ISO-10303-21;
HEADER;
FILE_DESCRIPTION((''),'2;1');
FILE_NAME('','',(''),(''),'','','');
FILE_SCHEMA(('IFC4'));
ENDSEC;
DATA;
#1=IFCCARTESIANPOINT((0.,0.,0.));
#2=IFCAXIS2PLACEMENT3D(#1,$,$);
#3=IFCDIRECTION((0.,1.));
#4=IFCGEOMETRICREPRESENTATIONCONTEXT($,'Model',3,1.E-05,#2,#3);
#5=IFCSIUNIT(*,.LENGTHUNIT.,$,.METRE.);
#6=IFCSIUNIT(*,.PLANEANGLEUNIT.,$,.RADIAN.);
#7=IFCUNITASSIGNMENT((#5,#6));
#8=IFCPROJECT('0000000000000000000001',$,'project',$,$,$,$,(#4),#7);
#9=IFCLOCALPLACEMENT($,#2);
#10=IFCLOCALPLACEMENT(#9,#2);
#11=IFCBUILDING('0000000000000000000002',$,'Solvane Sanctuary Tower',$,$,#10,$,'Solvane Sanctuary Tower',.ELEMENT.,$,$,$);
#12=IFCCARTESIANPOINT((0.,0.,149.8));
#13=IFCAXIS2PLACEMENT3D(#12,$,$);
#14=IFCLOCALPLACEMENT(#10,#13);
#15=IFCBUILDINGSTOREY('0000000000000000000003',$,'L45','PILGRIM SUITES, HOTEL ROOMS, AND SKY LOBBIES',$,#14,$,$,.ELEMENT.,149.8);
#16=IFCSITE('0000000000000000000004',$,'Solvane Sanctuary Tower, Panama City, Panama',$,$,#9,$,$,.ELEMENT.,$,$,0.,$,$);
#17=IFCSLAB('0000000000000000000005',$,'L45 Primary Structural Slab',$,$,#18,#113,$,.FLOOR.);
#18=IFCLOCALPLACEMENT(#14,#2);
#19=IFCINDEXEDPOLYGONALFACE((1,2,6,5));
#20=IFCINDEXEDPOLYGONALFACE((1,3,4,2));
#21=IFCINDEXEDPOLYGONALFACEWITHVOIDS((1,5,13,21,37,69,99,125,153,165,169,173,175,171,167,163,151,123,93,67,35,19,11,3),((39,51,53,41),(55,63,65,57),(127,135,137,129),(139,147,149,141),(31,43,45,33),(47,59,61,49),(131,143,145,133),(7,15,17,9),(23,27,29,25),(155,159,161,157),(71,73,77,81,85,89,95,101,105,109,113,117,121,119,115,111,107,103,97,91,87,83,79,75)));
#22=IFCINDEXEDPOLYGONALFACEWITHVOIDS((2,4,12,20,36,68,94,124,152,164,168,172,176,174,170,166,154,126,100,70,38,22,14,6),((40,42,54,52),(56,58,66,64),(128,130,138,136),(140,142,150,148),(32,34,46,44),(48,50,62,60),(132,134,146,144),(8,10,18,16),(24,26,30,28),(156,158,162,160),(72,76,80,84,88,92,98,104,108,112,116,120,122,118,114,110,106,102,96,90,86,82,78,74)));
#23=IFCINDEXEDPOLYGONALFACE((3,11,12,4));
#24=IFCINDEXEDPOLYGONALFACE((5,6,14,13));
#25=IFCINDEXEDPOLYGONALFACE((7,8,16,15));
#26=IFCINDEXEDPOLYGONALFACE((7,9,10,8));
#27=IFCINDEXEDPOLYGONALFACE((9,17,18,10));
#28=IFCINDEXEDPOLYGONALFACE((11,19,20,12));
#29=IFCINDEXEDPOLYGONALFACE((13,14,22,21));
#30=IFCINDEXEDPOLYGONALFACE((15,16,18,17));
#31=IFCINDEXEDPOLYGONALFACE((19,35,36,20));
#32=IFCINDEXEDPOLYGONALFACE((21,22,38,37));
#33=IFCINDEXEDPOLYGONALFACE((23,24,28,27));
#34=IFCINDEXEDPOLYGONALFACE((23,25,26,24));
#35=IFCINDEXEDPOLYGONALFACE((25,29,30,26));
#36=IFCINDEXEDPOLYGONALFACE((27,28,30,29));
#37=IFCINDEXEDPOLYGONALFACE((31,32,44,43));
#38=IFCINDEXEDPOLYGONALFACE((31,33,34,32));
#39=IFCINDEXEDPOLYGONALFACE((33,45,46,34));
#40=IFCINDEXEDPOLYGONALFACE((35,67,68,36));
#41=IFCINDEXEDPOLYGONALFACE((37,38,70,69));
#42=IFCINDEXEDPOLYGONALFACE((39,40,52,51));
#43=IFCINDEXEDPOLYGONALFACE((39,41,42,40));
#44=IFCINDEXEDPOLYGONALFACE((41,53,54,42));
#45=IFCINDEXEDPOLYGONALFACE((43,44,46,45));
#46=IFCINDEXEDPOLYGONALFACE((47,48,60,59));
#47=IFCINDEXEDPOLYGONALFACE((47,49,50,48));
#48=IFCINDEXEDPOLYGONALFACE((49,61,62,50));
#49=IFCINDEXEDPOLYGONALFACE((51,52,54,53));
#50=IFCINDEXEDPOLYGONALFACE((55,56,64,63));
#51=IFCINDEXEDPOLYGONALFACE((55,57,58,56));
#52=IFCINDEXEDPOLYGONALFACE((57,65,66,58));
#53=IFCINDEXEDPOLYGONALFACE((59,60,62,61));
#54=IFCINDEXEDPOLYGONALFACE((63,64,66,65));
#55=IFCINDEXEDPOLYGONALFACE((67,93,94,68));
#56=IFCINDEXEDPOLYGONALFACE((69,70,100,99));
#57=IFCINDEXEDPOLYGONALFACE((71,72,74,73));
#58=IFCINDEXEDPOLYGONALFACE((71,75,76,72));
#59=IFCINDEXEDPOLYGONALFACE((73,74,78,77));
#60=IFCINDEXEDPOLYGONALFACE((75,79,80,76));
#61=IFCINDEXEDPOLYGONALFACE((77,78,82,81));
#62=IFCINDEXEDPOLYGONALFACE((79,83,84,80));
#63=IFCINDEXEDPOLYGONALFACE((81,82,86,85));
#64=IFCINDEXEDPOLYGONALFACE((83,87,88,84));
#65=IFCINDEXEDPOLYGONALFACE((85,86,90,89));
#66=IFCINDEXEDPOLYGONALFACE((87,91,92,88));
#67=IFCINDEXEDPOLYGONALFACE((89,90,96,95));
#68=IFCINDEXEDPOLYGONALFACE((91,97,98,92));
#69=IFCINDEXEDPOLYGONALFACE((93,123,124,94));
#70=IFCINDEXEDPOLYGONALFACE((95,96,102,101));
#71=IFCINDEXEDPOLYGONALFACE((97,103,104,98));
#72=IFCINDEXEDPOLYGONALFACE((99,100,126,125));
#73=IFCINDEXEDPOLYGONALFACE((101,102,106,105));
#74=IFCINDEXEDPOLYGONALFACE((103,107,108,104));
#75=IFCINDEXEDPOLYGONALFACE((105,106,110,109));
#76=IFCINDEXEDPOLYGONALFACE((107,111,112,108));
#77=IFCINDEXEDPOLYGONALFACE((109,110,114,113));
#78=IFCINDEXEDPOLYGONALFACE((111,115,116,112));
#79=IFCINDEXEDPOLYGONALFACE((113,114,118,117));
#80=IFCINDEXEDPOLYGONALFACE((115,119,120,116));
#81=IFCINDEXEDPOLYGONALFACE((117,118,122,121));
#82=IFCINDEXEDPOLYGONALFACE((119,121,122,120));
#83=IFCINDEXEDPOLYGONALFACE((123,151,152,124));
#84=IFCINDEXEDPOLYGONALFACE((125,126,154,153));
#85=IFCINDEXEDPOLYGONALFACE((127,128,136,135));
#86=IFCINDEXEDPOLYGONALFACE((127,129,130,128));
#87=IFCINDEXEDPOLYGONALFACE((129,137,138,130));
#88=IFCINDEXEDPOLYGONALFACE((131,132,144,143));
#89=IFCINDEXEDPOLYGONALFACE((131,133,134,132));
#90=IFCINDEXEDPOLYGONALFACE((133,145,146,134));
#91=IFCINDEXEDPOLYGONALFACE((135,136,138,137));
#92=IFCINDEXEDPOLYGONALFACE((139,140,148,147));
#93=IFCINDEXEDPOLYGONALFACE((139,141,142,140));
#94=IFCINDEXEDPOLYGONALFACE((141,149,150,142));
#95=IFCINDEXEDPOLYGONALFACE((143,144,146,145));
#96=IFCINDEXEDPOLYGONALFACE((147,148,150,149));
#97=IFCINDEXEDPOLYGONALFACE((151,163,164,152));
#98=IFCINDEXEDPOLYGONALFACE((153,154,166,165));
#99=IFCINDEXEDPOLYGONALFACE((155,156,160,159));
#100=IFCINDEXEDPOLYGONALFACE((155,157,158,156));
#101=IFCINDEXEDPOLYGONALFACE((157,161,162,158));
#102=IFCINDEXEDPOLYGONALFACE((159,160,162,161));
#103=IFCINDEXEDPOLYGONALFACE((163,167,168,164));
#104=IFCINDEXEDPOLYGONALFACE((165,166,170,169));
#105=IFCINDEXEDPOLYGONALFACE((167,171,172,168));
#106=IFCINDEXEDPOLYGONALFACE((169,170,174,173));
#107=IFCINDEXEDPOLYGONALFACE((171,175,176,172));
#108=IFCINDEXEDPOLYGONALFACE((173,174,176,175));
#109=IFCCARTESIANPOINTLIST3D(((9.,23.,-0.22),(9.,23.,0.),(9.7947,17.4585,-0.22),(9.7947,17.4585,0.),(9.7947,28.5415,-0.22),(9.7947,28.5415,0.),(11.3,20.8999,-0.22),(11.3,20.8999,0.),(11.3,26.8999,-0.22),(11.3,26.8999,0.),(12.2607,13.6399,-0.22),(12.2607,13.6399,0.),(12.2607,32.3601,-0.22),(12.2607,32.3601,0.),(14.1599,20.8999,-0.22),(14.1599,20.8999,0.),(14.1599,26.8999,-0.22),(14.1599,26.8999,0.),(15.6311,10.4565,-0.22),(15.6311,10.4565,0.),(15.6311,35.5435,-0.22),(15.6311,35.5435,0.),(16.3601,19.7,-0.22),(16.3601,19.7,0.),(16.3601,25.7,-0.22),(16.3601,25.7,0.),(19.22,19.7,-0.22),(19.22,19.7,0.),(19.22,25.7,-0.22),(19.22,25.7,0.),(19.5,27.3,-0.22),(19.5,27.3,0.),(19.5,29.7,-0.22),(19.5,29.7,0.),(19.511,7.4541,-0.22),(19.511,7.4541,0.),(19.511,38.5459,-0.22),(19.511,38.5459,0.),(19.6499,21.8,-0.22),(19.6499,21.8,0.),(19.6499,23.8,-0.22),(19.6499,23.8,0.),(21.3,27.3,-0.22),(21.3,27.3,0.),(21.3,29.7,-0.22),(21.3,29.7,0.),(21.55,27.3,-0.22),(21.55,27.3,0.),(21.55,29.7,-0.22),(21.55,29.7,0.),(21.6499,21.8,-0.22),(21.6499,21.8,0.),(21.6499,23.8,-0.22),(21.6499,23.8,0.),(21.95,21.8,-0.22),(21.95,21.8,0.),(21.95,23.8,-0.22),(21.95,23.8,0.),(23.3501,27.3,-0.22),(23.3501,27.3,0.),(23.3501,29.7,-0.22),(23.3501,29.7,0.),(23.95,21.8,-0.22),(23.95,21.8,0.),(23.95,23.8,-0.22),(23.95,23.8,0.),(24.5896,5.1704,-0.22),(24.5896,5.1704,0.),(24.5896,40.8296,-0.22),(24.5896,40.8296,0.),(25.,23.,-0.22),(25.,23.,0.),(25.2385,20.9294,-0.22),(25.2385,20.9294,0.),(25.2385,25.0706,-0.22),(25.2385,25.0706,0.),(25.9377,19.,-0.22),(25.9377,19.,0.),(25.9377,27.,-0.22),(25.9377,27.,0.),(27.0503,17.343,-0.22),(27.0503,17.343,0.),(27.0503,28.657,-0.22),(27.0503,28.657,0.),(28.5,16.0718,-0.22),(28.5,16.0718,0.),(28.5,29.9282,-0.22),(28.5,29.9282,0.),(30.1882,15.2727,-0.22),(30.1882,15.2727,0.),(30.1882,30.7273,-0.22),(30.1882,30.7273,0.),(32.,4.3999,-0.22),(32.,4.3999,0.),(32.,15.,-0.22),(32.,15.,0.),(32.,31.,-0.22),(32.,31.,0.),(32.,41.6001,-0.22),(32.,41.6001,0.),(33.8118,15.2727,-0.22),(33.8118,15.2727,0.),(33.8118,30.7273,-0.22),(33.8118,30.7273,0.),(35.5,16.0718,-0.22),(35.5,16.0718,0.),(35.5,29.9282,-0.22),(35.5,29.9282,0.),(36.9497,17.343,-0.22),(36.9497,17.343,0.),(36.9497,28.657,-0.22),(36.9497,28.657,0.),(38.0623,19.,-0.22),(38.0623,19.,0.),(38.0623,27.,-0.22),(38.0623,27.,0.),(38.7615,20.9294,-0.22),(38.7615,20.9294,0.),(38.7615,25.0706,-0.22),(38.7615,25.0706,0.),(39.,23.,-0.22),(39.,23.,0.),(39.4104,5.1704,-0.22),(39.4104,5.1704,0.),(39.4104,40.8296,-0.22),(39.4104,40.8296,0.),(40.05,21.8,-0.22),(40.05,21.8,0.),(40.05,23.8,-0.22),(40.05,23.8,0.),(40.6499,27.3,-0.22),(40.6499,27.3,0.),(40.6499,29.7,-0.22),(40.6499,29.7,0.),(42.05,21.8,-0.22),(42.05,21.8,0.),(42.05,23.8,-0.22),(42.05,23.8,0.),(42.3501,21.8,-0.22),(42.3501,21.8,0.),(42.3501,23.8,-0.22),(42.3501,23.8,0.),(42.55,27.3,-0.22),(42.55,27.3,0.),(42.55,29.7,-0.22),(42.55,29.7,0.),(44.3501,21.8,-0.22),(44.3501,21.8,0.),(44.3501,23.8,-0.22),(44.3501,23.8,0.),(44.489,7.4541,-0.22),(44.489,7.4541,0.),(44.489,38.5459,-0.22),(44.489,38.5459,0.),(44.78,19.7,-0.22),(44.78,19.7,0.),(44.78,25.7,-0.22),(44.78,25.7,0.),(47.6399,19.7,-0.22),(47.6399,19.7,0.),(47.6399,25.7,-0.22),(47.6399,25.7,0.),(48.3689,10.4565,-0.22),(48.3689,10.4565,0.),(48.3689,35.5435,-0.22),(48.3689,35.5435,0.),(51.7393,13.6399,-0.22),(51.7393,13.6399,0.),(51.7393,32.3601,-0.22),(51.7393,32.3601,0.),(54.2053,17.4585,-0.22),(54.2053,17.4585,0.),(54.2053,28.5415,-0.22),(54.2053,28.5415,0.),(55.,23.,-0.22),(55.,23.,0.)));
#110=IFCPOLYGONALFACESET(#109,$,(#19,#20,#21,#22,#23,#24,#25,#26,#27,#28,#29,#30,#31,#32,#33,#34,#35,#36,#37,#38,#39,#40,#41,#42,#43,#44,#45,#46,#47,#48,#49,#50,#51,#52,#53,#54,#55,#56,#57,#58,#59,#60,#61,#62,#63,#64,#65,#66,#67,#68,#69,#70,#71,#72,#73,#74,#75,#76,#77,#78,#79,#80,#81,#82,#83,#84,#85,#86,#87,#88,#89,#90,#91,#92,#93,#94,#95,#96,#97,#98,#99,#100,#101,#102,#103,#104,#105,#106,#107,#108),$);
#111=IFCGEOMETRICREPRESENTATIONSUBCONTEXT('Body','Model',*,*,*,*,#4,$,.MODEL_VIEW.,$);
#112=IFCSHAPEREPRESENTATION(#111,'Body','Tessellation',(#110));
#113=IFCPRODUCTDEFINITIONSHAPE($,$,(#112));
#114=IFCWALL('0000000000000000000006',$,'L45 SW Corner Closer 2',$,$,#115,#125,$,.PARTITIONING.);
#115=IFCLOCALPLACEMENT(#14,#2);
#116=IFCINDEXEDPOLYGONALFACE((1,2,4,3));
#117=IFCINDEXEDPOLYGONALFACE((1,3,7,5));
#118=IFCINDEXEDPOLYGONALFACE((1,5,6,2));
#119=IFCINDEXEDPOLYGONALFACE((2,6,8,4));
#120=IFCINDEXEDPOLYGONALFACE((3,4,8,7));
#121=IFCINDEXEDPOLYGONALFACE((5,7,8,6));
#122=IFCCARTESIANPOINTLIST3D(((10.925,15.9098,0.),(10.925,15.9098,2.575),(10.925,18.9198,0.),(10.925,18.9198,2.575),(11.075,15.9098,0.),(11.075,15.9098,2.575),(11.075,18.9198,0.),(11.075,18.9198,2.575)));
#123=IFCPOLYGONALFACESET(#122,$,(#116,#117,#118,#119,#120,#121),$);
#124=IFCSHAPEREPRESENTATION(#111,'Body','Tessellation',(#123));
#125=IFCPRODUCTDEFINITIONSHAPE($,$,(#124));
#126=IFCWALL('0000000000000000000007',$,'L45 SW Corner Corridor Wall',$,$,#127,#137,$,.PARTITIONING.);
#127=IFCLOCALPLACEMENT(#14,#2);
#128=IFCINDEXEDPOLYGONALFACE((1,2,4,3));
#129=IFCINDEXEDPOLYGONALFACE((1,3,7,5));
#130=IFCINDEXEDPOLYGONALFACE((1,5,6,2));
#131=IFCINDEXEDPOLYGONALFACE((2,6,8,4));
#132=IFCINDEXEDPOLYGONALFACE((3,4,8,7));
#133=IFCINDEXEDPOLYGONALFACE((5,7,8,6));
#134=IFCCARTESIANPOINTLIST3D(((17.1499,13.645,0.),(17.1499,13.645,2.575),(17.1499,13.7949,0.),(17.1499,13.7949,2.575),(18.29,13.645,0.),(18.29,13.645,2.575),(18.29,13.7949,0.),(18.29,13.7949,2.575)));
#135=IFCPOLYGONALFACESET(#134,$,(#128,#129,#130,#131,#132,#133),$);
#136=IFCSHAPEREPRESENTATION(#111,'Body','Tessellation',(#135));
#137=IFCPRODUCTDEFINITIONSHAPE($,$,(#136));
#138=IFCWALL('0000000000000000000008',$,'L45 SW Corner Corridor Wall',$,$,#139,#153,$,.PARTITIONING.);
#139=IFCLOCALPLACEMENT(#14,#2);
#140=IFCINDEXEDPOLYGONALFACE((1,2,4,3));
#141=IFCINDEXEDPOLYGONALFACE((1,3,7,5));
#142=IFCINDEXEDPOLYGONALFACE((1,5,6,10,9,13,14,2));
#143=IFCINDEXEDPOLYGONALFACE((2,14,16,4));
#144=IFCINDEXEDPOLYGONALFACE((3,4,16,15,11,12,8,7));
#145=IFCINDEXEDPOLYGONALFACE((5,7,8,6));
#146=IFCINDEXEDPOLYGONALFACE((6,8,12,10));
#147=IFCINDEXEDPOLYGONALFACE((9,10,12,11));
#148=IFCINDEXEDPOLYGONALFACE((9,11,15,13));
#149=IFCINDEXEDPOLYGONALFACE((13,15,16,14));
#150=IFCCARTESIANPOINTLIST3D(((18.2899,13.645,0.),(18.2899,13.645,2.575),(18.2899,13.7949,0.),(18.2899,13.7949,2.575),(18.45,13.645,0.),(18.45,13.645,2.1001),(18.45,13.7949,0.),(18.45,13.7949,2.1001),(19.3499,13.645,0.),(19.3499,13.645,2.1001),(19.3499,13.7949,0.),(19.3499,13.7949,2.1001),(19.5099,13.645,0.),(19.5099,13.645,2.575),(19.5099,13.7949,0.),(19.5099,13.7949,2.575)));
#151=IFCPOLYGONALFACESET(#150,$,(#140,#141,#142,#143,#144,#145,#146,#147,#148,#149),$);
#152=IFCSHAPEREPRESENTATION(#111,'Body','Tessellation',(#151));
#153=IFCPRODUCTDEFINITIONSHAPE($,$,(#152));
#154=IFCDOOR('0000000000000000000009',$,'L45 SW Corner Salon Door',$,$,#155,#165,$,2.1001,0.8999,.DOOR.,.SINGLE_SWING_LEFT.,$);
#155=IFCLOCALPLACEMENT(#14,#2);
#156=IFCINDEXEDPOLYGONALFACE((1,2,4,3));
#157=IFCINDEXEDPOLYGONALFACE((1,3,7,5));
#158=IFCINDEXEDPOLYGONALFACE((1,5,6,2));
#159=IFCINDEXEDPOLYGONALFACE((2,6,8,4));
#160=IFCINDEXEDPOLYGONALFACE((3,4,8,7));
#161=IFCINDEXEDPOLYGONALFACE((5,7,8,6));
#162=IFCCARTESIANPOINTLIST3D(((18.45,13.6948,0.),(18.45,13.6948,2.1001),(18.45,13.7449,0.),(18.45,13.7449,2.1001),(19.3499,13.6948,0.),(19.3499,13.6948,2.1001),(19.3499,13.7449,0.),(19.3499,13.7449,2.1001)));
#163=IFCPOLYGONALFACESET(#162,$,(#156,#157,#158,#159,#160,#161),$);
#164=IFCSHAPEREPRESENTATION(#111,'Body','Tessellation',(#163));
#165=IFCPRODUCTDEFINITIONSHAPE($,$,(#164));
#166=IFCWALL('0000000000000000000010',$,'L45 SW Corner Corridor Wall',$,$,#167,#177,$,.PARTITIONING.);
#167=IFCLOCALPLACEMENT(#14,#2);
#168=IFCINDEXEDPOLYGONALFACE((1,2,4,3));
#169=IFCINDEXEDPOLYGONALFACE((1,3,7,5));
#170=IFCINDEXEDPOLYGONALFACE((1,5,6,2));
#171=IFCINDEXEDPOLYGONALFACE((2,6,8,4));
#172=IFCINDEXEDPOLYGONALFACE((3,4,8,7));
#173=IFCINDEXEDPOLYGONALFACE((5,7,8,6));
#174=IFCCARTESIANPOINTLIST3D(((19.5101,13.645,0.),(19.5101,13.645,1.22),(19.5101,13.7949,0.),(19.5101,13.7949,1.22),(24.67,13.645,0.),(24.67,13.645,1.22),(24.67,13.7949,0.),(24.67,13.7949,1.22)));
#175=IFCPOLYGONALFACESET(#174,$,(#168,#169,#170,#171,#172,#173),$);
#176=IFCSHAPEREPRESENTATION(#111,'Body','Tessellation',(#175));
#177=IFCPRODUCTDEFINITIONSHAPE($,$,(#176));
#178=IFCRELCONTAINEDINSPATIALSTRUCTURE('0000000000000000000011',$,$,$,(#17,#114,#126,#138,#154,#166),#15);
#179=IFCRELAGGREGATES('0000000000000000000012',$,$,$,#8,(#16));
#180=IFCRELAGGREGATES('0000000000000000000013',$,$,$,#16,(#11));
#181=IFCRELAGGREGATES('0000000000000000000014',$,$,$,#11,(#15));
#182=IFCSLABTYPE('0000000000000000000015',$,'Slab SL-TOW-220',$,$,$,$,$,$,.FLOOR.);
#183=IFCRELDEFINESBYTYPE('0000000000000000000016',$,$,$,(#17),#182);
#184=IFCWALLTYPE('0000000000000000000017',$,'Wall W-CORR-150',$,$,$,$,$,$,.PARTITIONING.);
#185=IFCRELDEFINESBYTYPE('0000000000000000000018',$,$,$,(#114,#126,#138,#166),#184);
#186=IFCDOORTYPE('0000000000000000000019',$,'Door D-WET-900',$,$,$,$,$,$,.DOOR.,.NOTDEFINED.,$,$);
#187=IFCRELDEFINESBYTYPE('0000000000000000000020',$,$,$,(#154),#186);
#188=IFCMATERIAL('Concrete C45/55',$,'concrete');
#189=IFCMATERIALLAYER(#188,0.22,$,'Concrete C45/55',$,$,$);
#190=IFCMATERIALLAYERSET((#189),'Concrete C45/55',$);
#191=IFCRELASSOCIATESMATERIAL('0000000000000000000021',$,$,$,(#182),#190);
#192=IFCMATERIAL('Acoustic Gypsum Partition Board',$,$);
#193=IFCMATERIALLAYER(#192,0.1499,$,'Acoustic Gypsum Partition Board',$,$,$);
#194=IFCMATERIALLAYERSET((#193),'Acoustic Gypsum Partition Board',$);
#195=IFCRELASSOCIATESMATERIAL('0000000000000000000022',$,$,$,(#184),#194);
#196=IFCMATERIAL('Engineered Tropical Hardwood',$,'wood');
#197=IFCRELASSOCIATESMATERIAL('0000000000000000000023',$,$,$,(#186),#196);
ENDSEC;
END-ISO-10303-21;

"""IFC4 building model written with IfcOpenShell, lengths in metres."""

from ifc_helpers import new_model, si_unit, direction, frame, frame_2d, origin, place, context, subcontext, project, spatial, polyline, rectangle, outline, extrude, material, layer, layer_set, type_object, element, fill, save


model = new_model("IFC4")

# Units and contexts
model_context = context("Model", 3, precision=1e-05, world=origin(), true_north=direction((0.0, 1.0)))
body_context = subcontext(model_context, "Body", "Model", "MODEL_VIEW")
ifc_project = project(units=[si_unit("LENGTHUNIT", "METRE"), si_unit("PLANEANGLEUNIT", "RADIAN")], contexts=[model_context])

# Site, building, storey
site_placement = place(None, origin())
site = spatial("IfcSite", under=ifc_project, at=site_placement, Name="Solvane Sanctuary Tower, Panama City, Panama", CompositionType="ELEMENT", RefElevation=0.0)
building_placement = place(site_placement, origin())
building = spatial("IfcBuilding", under=site, at=building_placement, Name="Solvane Sanctuary Tower", LongName="Solvane Sanctuary Tower", CompositionType="ELEMENT")
storey_placement = place(building_placement, frame((0.0, 0.0, 149.8)))
storey = spatial("IfcBuildingStorey", under=building, at=storey_placement, Name="L45", Description="PILGRIM SUITES, HOTEL ROOMS, AND SKY LOBBIES", CompositionType="ELEMENT", Elevation=149.8)

# Shared definitions
ifc_material_1 = material(Name="Concrete C45/55", Category="concrete")

# Slab
ifc_layer_1 = layer(ifc_material_1, 0.22, Name="Concrete C45/55")
ifc_layer_set_1 = layer_set([ifc_layer_1], Name="Concrete C45/55")
slab_type_1 = type_object("IfcSlabType", Name="Slab SL-TOW-220", PredefinedType="FLOOR", material=ifc_layer_set_1)
slab_1_placement = place(storey_placement, frame((0.0, 0.0, -0.22)))
element("IfcSlab", 1, at=slab_1_placement, inside=storey, type_object=slab_type_1, Name="L45 Primary Structural Slab", PredefinedType="FLOOR", context=body_context, shape_type="SweptSolid", body=[
    extrude(outline(polyline([(55.0, 23.0), (54.2053, 28.5415), (51.7393, 32.3601), (48.3689, 35.5435), (44.489, 38.5459), (39.4104, 40.8296), (32.0, 41.6001), (24.5896, 40.8296), (19.511, 38.5459), (15.6311, 35.5435), (12.2607, 32.3601), (9.7947, 28.5415), (9.0, 23.0), (9.7947, 17.4585), (12.2607, 13.6399), (15.6311, 10.4565), (19.511, 7.4541), (24.5896, 5.1704), (32.0, 4.3999), (39.4104, 5.1704), (44.489, 7.4541), (48.3689, 10.4565), (51.7393, 13.6399), (54.2053, 17.4585), (55.0, 23.0)]), holes=[polyline([(38.7615, 20.9294), (38.0623, 19.0), (36.9497, 17.343), (35.5, 16.0718), (33.8118, 15.2727), (32.0, 15.0), (30.1882, 15.2727), (28.5, 16.0718), (27.0503, 17.343), (25.9377, 19.0), (25.2385, 20.9294), (25.0, 23.0), (25.2385, 25.0706), (25.9377, 27.0), (27.0503, 28.657), (28.5, 29.9282), (30.1882, 30.7273), (32.0, 31.0), (33.8118, 30.7273), (35.5, 29.9282), (36.9497, 28.657), (38.0623, 27.0), (38.7615, 25.0706), (39.0, 23.0), (38.7615, 20.9294)]), polyline([(16.3601, 19.7), (16.3601, 25.7), (19.22, 25.7), (19.22, 19.7), (16.3601, 19.7)]), polyline([(44.78, 19.7), (44.78, 25.7), (47.6399, 25.7), (47.6399, 19.7), (44.78, 19.7)]), polyline([(11.3, 20.8999), (11.3, 26.8999), (14.1599, 26.8999), (14.1599, 20.8999), (11.3, 20.8999)]), polyline([(19.6499, 23.8), (21.6499, 23.8), (21.6499, 21.8), (19.6499, 21.8), (19.6499, 23.8)]), polyline([(42.3501, 23.8), (44.3501, 23.8), (44.3501, 21.8), (42.3501, 21.8), (42.3501, 23.8)]), polyline([(21.95, 23.8), (23.95, 23.8), (23.95, 21.8), (21.95, 21.8), (21.95, 23.8)]), polyline([(40.05, 23.8), (42.05, 23.8), (42.05, 21.8), (40.05, 21.8), (40.05, 23.8)]), polyline([(19.5, 29.7), (21.3, 29.7), (21.3, 27.3), (19.5, 27.3), (19.5, 29.7)]), polyline([(21.55, 29.7), (23.3501, 29.7), (23.3501, 27.3), (21.55, 27.3), (21.55, 29.7)]), polyline([(40.6499, 29.7), (42.55, 29.7), (42.55, 27.3), (40.6499, 27.3), (40.6499, 29.7)])]), origin(), (0.0, 0.0, 1.0), 0.22),
])

# Walls
ifc_material_2 = material(Name="Acoustic Gypsum Partition Board")
ifc_layer_2 = layer(ifc_material_2, 0.1499, Name="Acoustic Gypsum Partition Board")
ifc_layer_set_2 = layer_set([ifc_layer_2], Name="Acoustic Gypsum Partition Board")
wall_type_1 = type_object("IfcWallType", Name="Wall W-CORR-150", PredefinedType="PARTITIONING", material=ifc_layer_set_2)
wall_1_placement = place(storey_placement, frame((11.0, 15.9099, 0.0), z_axis=(0.0, 0.0, 1.0), x_axis=(0.0, 1.0, 0.0)))
element("IfcWall", 2, at=wall_1_placement, inside=storey, type_object=wall_type_1, Name="L45 SW Corner Closer 2", PredefinedType="PARTITIONING", context=body_context, shape_type="SweptSolid", body=[
    extrude(rectangle(XDim=3.01, YDim=0.1499, at=frame_2d((1.5049, 0.0))), origin(), (0.0, 0.0, 1.0), 2.575),
])
wall_2_placement = place(storey_placement, frame((17.1499, 13.72, 0.0), z_axis=(0.0, 0.0, 1.0), x_axis=(1.0, 0.0, 0.0)))
element("IfcWall", 3, at=wall_2_placement, inside=storey, type_object=wall_type_1, Name="L45 SW Corner Corridor Wall", PredefinedType="PARTITIONING", context=body_context, shape_type="SweptSolid", body=[
    extrude(rectangle(XDim=1.1401, YDim=0.1499, at=frame_2d((0.5701, 0.0))), origin(), (0.0, 0.0, 1.0), 2.575),
])

# Wall, opening, door
wall_3_placement = place(storey_placement, frame((18.29, 13.72, 0.0), z_axis=(0.0, 0.0, 1.0), x_axis=(1.0, 0.0, 0.0)))
wall_3 = element("IfcWall", 4, at=wall_3_placement, inside=storey, type_object=wall_type_1, Name="L45 SW Corner Corridor Wall", PredefinedType="PARTITIONING", context=body_context, shape_type="SweptSolid", body=[
    extrude(rectangle(XDim=1.22, YDim=0.1499, at=frame_2d((0.6099, 0.0))), origin(), (0.0, 0.0, 1.0), 2.575),
])
opening_1_placement = place(wall_3_placement, frame((0.1599, 0.0, 0.0)))
opening_1 = element("IfcOpeningElement", 5, at=opening_1_placement, cuts=wall_3, PredefinedType="OPENING", context=body_context, shape_type="SweptSolid", body=[
    extrude(rectangle(XDim=0.8999, YDim=2.1001, at=frame_2d((0.45, 1.05))), frame((0.0, 0.085, 0.0), z_axis=(0.0, -1.0, 0.0), x_axis=(1.0, 0.0, 0.0)), (0.0, 0.0, 1.0), 0.1699),
])
ifc_material_3 = material(Name="Engineered Tropical Hardwood", Category="wood")
door_type = type_object("IfcDoorType", Name="Door D-WET-900", OperationType="NOTDEFINED", PredefinedType="DOOR", material=ifc_material_3)
door_placement = place(opening_1_placement, origin())
door = element("IfcDoor", 6, at=door_placement, inside=storey, type_object=door_type, Name="L45 SW Corner Salon Door", OperationType="SINGLE_SWING_LEFT", OverallHeight=2.1001, OverallWidth=0.8999, PredefinedType="DOOR", context=body_context, shape_type="SweptSolid", body=[
    extrude(rectangle(XDim=0.8999, YDim=2.1001, at=frame_2d((0.45, 1.05))), frame((0.0, 0.0249, 0.0), z_axis=(0.0, -1.0, 0.0), x_axis=(1.0, 0.0, 0.0)), (0.0, 0.0, 1.0), 0.05),
])
fill(opening_1, door)

# Wall
wall_4_placement = place(storey_placement, frame((19.51, 13.72, 0.0), z_axis=(0.0, 0.0, 1.0), x_axis=(1.0, 0.0, 0.0)))
element("IfcWall", 7, at=wall_4_placement, inside=storey, type_object=wall_type_1, Name="L45 SW Corner Corridor Wall", PredefinedType="PARTITIONING", context=body_context, shape_type="SweptSolid", body=[
    extrude(rectangle(XDim=5.1599, YDim=0.1499, at=frame_2d((2.5801, 0.0))), origin(), (0.0, 0.0, 1.0), 1.22),
])

save(model, "model.ifc")
